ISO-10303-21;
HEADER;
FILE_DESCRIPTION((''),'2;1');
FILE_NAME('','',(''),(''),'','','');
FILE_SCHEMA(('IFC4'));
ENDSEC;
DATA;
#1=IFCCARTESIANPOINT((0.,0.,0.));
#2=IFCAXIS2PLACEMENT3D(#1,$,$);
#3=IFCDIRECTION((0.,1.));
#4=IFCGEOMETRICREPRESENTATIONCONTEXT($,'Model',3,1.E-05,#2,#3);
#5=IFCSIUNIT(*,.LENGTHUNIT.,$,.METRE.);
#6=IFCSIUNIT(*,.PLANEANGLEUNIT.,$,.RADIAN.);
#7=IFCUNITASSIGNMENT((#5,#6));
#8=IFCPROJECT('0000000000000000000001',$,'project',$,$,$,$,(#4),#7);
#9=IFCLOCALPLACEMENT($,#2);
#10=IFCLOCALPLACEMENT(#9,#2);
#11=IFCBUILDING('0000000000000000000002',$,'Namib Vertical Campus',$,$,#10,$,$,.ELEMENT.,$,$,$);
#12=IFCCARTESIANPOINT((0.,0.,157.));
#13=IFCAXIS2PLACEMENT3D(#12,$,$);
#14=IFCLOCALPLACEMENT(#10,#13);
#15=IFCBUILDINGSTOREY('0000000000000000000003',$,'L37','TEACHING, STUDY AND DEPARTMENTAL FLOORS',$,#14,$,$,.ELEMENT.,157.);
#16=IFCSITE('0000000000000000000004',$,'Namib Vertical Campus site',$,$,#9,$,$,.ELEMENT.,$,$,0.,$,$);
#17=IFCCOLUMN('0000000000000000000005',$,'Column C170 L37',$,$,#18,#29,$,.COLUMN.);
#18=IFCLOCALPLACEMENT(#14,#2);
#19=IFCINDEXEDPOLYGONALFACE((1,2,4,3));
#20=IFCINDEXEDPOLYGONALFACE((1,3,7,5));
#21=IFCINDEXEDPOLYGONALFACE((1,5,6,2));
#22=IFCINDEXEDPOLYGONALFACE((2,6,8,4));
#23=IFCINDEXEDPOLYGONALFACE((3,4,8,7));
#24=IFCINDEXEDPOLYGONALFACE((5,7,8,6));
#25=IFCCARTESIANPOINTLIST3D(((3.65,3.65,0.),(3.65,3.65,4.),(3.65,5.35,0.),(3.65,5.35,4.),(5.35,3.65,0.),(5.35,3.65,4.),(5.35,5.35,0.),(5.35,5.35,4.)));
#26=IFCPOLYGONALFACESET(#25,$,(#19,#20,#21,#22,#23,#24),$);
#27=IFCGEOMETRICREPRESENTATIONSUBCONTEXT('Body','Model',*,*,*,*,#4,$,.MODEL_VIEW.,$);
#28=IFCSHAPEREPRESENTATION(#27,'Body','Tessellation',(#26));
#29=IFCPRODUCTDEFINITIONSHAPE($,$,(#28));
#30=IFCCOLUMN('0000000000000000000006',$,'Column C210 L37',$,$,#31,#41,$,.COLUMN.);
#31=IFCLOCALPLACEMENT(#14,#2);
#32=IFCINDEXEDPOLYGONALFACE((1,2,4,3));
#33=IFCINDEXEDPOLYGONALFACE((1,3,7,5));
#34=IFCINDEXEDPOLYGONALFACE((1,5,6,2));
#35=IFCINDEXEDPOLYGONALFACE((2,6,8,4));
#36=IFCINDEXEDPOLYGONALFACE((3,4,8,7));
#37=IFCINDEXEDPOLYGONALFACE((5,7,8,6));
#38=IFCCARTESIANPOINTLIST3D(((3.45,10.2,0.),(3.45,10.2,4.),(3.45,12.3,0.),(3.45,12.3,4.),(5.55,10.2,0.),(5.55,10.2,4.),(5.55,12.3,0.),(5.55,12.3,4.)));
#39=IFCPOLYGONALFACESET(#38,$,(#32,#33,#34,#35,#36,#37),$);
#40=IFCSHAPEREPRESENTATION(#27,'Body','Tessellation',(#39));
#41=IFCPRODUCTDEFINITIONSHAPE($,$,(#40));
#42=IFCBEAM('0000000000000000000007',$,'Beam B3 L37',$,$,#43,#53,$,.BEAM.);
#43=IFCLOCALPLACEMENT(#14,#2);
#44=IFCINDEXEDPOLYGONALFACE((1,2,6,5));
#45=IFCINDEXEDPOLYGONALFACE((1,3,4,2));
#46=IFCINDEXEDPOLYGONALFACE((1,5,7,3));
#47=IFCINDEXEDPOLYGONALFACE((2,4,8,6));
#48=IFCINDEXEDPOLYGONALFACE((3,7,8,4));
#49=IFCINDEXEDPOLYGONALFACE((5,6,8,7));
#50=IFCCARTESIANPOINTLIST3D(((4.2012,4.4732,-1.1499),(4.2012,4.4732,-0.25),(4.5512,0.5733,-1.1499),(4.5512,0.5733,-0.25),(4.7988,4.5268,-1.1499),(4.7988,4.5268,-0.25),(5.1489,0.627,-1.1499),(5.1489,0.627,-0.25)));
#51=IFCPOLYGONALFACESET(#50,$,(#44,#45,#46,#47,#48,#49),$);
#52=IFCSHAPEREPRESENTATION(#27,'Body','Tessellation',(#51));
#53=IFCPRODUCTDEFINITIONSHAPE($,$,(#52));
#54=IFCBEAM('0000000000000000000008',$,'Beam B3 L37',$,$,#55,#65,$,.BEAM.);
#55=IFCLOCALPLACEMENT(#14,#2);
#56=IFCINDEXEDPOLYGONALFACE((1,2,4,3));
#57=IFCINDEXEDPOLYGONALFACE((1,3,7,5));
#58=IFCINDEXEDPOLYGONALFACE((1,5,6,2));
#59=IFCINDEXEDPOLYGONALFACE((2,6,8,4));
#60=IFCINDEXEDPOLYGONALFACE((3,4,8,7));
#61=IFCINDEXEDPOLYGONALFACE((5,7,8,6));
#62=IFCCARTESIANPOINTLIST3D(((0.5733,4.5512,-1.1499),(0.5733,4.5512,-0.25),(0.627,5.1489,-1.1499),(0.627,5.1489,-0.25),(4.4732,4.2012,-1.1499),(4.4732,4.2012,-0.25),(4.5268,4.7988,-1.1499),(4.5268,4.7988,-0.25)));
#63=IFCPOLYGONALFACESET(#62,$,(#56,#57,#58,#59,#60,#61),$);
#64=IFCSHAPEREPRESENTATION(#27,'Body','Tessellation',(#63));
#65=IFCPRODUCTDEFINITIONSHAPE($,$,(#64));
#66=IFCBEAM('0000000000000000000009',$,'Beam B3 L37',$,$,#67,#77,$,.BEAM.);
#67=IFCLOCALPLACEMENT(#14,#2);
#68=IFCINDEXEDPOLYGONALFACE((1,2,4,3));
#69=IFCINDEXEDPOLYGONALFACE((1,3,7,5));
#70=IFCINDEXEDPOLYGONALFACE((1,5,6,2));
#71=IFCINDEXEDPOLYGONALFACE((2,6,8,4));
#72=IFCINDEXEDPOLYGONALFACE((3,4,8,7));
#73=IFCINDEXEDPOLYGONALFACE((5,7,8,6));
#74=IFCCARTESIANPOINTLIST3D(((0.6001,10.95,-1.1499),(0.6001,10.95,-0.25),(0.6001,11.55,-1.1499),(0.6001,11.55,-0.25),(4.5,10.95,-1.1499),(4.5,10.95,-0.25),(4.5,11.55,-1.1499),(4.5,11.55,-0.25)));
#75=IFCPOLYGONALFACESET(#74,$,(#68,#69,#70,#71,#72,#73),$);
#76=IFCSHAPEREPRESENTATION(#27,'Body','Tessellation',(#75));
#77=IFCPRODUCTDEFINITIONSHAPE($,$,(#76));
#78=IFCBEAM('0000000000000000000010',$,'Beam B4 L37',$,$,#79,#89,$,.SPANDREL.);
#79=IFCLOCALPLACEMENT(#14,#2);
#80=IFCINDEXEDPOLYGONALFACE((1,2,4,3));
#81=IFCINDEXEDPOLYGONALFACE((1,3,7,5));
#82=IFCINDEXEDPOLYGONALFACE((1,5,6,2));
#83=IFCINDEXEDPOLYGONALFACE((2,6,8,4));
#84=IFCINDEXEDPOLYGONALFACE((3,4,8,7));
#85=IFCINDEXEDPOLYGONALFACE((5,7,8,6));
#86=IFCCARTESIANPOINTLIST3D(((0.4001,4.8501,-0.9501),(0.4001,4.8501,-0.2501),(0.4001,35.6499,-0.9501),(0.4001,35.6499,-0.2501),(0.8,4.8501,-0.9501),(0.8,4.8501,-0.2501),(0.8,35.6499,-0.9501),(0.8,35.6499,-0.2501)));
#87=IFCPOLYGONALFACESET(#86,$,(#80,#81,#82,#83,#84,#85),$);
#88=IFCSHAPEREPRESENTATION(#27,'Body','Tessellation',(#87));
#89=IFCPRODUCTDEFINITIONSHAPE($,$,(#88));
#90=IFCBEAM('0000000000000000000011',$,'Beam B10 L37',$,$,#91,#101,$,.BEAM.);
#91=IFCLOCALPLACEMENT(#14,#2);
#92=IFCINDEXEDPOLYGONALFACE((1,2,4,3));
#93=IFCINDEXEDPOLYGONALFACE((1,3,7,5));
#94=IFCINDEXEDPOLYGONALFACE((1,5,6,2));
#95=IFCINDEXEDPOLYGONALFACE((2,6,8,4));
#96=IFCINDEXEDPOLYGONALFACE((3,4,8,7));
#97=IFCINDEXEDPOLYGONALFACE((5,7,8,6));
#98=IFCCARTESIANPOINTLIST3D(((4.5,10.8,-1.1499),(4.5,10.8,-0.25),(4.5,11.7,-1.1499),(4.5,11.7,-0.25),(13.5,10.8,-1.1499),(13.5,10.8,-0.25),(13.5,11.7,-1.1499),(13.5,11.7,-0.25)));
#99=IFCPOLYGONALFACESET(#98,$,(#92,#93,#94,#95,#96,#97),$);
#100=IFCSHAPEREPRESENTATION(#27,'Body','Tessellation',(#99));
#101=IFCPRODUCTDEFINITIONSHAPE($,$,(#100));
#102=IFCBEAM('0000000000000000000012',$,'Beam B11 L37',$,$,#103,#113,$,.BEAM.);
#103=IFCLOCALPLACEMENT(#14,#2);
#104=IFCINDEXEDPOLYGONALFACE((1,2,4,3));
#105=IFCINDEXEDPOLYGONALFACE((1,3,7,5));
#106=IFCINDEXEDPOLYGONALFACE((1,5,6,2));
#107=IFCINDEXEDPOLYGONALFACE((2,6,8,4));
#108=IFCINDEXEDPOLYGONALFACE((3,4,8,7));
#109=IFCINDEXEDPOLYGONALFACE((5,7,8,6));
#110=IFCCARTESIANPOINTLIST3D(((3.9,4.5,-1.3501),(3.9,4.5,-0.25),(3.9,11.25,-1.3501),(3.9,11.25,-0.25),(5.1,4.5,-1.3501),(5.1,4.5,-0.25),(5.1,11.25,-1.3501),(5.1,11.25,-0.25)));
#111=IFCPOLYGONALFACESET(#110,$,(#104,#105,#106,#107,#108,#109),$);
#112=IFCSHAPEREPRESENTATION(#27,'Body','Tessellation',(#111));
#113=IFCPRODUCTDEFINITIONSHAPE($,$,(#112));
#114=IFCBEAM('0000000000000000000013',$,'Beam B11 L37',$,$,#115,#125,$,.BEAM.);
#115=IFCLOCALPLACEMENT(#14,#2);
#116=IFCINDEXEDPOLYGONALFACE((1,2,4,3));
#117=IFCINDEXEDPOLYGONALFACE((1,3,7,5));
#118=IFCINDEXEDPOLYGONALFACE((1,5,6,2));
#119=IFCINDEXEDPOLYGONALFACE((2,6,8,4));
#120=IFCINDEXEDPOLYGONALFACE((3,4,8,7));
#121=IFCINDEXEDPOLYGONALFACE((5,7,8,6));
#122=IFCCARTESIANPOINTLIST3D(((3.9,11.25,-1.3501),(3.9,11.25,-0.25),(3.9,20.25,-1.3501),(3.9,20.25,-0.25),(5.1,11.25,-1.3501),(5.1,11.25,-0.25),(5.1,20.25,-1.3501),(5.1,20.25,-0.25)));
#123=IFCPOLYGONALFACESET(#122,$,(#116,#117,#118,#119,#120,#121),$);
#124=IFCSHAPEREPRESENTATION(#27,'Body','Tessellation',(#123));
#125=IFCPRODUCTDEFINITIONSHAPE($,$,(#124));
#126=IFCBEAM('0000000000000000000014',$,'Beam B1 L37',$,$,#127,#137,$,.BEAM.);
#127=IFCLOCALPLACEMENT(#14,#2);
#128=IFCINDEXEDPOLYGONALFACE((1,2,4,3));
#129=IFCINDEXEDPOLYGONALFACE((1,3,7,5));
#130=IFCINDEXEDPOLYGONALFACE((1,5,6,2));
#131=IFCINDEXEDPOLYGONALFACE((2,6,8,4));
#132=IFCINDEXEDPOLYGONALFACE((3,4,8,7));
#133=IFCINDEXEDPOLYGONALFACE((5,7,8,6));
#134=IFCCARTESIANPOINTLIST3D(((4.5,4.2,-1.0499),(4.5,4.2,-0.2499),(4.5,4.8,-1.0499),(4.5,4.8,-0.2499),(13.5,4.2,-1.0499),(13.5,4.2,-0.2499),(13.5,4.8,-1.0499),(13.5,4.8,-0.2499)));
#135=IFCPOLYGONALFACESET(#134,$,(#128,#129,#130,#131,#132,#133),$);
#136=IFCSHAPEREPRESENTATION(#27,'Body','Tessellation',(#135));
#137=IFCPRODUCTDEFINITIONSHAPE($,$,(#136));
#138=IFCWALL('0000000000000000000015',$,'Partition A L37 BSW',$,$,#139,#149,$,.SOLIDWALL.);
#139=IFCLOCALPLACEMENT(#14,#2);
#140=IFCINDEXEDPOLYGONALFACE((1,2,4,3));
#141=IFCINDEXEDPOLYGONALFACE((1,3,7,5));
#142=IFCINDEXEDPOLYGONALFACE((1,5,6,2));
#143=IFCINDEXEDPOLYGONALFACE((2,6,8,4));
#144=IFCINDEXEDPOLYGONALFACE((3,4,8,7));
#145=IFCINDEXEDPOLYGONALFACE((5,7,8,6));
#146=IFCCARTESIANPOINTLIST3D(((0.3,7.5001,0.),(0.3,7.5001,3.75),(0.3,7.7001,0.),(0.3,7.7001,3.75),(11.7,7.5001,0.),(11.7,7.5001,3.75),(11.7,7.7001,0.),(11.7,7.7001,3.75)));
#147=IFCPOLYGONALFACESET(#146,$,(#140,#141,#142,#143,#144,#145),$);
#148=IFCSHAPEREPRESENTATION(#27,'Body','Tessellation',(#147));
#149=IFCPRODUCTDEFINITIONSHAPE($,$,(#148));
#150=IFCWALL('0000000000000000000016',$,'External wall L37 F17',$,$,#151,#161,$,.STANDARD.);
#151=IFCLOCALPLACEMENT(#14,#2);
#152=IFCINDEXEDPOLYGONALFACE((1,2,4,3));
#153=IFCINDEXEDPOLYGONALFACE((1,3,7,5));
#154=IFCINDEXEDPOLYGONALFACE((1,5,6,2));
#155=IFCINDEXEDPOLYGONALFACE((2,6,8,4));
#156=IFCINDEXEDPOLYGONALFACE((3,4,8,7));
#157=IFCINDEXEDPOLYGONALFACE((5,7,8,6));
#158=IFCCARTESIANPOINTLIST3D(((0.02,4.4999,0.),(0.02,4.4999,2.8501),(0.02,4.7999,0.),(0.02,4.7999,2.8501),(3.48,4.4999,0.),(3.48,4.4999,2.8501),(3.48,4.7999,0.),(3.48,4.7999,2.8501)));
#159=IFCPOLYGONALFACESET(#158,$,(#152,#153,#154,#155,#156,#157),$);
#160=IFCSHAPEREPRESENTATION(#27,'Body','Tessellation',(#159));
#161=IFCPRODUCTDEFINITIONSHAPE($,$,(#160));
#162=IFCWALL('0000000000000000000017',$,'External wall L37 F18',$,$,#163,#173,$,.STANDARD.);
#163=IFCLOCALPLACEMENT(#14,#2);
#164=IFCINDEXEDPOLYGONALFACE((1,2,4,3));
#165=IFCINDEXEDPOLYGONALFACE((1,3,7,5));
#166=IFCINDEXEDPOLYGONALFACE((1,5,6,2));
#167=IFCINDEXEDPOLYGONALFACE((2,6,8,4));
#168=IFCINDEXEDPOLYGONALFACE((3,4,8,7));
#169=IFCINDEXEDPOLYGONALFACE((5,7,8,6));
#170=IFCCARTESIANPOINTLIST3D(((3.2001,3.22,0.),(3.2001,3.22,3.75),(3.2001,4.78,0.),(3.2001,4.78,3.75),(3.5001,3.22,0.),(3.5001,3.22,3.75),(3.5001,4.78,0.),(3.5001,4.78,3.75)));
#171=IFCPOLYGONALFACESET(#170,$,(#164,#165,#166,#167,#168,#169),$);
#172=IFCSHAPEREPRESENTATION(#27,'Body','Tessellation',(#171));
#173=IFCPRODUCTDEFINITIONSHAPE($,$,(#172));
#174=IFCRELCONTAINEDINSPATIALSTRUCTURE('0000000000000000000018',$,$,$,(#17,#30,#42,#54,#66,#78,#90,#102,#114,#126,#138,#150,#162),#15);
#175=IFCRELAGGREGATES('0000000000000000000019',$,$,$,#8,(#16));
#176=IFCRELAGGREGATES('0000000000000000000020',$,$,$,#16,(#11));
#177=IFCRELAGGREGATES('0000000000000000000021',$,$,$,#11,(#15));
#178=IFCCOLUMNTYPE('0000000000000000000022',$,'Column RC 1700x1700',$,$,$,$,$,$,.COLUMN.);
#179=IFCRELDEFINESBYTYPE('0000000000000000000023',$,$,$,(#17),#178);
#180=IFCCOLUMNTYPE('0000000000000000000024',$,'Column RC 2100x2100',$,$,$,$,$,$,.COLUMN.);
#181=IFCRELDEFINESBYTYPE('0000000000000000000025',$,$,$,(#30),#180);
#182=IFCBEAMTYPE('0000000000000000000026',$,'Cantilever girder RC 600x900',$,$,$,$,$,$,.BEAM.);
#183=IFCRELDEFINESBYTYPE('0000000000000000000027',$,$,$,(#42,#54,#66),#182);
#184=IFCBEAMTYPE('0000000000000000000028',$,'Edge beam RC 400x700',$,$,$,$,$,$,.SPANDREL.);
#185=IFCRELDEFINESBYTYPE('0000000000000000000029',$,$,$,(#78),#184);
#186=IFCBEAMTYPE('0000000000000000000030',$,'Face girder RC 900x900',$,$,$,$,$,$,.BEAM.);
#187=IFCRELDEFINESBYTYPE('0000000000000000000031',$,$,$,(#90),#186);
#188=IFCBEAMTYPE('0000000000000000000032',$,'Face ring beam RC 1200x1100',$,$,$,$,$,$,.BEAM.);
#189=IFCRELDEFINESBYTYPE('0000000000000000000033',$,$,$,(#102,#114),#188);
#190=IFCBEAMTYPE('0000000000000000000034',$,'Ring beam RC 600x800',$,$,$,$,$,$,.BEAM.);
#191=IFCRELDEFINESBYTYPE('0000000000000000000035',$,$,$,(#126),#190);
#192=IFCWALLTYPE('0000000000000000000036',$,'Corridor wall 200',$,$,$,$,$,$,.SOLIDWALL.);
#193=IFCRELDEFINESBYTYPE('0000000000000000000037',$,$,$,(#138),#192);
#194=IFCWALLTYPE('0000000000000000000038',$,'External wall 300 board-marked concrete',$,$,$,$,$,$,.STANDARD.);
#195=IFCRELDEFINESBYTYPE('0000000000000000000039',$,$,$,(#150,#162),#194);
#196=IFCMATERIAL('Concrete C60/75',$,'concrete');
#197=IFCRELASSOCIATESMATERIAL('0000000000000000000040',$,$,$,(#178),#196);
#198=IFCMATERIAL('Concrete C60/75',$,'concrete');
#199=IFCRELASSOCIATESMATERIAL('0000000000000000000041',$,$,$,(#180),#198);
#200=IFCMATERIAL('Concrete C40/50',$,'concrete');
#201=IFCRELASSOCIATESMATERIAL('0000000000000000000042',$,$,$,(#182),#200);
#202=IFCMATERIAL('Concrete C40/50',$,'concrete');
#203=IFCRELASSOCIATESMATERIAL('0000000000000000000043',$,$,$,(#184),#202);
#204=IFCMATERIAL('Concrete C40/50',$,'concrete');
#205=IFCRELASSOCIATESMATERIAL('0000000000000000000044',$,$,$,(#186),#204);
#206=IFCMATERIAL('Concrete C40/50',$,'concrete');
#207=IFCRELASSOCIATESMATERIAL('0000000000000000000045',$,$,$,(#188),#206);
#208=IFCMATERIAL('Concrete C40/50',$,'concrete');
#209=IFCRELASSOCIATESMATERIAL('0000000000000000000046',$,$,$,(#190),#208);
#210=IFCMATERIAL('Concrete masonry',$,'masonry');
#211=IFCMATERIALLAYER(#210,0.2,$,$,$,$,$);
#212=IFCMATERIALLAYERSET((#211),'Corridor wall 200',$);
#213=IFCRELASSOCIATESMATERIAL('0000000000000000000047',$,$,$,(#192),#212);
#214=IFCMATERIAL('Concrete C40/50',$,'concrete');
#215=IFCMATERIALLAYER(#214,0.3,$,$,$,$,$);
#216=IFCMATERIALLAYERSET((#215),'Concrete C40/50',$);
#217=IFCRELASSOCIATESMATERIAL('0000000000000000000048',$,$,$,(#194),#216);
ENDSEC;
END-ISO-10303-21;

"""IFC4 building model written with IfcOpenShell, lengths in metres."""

from ifc_helpers import new_model, si_unit, direction, frame, frame_2d, origin, origin_2d, place, context, subcontext, project, spatial, rectangle, extrude, material, layer, layer_set, material_profile, profile_set, type_object, element, save


model = new_model("IFC4")

# Units and contexts
model_context = context("Model", 3, precision=1e-05, world=origin(), true_north=direction((0.0, 1.0)))
body_context = subcontext(model_context, "Body", "Model", "MODEL_VIEW")
ifc_project = project(units=[si_unit("LENGTHUNIT", "METRE"), si_unit("PLANEANGLEUNIT", "RADIAN")], contexts=[model_context])

# Site, building, storey
site_placement = place(None, origin())
site = spatial("IfcSite", under=ifc_project, at=site_placement, Name="Namib Vertical Campus site", CompositionType="ELEMENT", RefElevation=0.0)
building_placement = place(site_placement, origin())
building = spatial("IfcBuilding", under=site, at=building_placement, Name="Namib Vertical Campus", CompositionType="ELEMENT")
storey_placement = place(building_placement, frame((0.0, 0.0, 157.0)))
storey = spatial("IfcBuildingStorey", under=building, at=storey_placement, Name="L37", Description="TEACHING, STUDY AND DEPARTMENTAL FLOORS", CompositionType="ELEMENT", Elevation=157.0)

# Columns
ifc_material_1 = material(Name="Concrete C60/75", Category="concrete")
ifc_material_profile_1 = material_profile(ifc_material_1, rectangle(XDim=1.7, YDim=1.7, at=origin_2d()))
ifc_profile_set_1 = profile_set([ifc_material_profile_1], Name="Concrete C60/75")
column_type_1 = type_object("IfcColumnType", Name="Column RC 1700x1700", PredefinedType="COLUMN", material=ifc_profile_set_1)
column_1_placement = place(storey_placement, frame((4.5, 4.5, 0.0), z_axis=(0.0, 0.0, 1.0), x_axis=(1.0, 0.0, 0.0)))
element("IfcColumn", 1, at=column_1_placement, inside=storey, type_object=column_type_1, Name="Column C170 L37", PredefinedType="COLUMN", context=body_context, shape_type="SweptSolid", body=[
    extrude(rectangle(XDim=1.7, YDim=1.7, at=origin_2d()), origin(), (0.0, 0.0, 1.0), 4.0),
])
ifc_material_2 = material(Name="Concrete C60/75", Category="concrete")
ifc_material_profile_2 = material_profile(ifc_material_2, rectangle(XDim=2.1001, YDim=2.1001, at=origin_2d()))
ifc_profile_set_2 = profile_set([ifc_material_profile_2], Name="Concrete C60/75")
column_type_2 = type_object("IfcColumnType", Name="Column RC 2100x2100", PredefinedType="COLUMN", material=ifc_profile_set_2)
column_2_placement = place(storey_placement, frame((4.5, 11.25, 0.0), z_axis=(0.0, 0.0, 1.0), x_axis=(1.0, 0.0, 0.0)))
element("IfcColumn", 2, at=column_2_placement, inside=storey, type_object=column_type_2, Name="Column C210 L37", PredefinedType="COLUMN", context=body_context, shape_type="SweptSolid", body=[
    extrude(rectangle(XDim=2.1001, YDim=2.1001, at=origin_2d()), origin(), (0.0, 0.0, 1.0), 4.0),
])

# Beams
ifc_material_3 = material(Name="Concrete C40/50", Category="concrete")
ifc_material_profile_3 = material_profile(ifc_material_3, rectangle(XDim=0.6001, YDim=0.8999, at=origin_2d()))
ifc_profile_set_3 = profile_set([ifc_material_profile_3], Name="Concrete C40/50")
beam_type_1 = type_object("IfcBeamType", Name="Cantilever girder RC 600x900", PredefinedType="BEAM", material=ifc_profile_set_3)
for number, where, z_axis, x_axis, name in (
    (3, (4.5, 4.5, -0.7), (0.089411, -0.995995, 0.0), (0.995995, 0.089411, 0.0), "Beam B3 L37"),
    (4, (4.5, 4.5, -0.7), (-0.995995, 0.089411, 0.0), (-0.089411, -0.995995, 0.0), "Beam B3 L37"),
):
    element("IfcBeam", number, at=place(storey_placement, frame(where, z_axis=z_axis, x_axis=x_axis)), inside=storey, type_object=beam_type_1, Name=name, PredefinedType="BEAM", context=body_context, shape_type="SweptSolid", body=[
        extrude(rectangle(XDim=0.6001, YDim=0.8999, at=origin_2d()), origin(), (0.0, 0.0, 1.0), 3.9155),
    ])
beam_1_placement = place(storey_placement, frame((4.5, 11.25, -0.7), z_axis=(-1.0, 0.0, 0.0), x_axis=(0.0, -1.0, 0.0)))
element("IfcBeam", 5, at=beam_1_placement, inside=storey, type_object=beam_type_1, Name="Beam B3 L37", PredefinedType="BEAM", context=body_context, shape_type="SweptSolid", body=[
    extrude(rectangle(XDim=0.6001, YDim=0.8999, at=origin_2d()), origin(), (0.0, 0.0, 1.0), 3.8999),
])
ifc_material_4 = material(Name="Concrete C40/50", Category="concrete")
ifc_material_profile_4 = material_profile(ifc_material_4, rectangle(XDim=0.3999, YDim=0.7, at=origin_2d()))
ifc_profile_set_4 = profile_set([ifc_material_profile_4], Name="Concrete C40/50")
beam_type_2 = type_object("IfcBeamType", Name="Edge beam RC 400x700", PredefinedType="SPANDREL", material=ifc_profile_set_4)
beam_2_placement = place(storey_placement, frame((0.6001, 4.8501, -0.6001), z_axis=(0.0, 1.0, 0.0), x_axis=(-1.0, 0.0, 0.0)))
element("IfcBeam", 6, at=beam_2_placement, inside=storey, type_object=beam_type_2, Name="Beam B4 L37", PredefinedType="SPANDREL", context=body_context, shape_type="SweptSolid", body=[
    extrude(rectangle(XDim=0.3999, YDim=0.7, at=origin_2d()), origin(), (0.0, 0.0, 1.0), 30.7998),
])
ifc_material_5 = material(Name="Concrete C40/50", Category="concrete")
ifc_material_profile_5 = material_profile(ifc_material_5, rectangle(XDim=0.8999, YDim=0.8999, at=origin_2d()))
ifc_profile_set_5 = profile_set([ifc_material_profile_5], Name="Concrete C40/50")
beam_type_3 = type_object("IfcBeamType", Name="Face girder RC 900x900", PredefinedType="BEAM", material=ifc_profile_set_5)
beam_3_placement = place(storey_placement, frame((4.5, 11.25, -0.7), z_axis=(1.0, 0.0, 0.0), x_axis=(0.0, 1.0, 0.0)))
element("IfcBeam", 7, at=beam_3_placement, inside=storey, type_object=beam_type_3, Name="Beam B10 L37", PredefinedType="BEAM", context=body_context, shape_type="SweptSolid", body=[
    extrude(rectangle(XDim=0.8999, YDim=0.8999, at=origin_2d()), origin(), (0.0, 0.0, 1.0), 9.0),
])
ifc_material_6 = material(Name="Concrete C40/50", Category="concrete")
ifc_material_profile_6 = material_profile(ifc_material_6, rectangle(XDim=1.2, YDim=1.1001, at=origin_2d()))
ifc_profile_set_6 = profile_set([ifc_material_profile_6], Name="Concrete C40/50")
beam_type_4 = type_object("IfcBeamType", Name="Face ring beam RC 1200x1100", PredefinedType="BEAM", material=ifc_profile_set_6)
beam_4_placement = place(storey_placement, frame((4.5, 4.5, -0.8), z_axis=(0.0, 1.0, 0.0), x_axis=(-1.0, 0.0, 0.0)))
element("IfcBeam", 8, at=beam_4_placement, inside=storey, type_object=beam_type_4, Name="Beam B11 L37", PredefinedType="BEAM", context=body_context, shape_type="SweptSolid", body=[
    extrude(rectangle(XDim=1.2, YDim=1.1001, at=origin_2d()), origin(), (0.0, 0.0, 1.0), 6.75),
])
beam_5_placement = place(storey_placement, frame((4.5, 11.25, -0.8), z_axis=(0.0, 1.0, 0.0), x_axis=(-1.0, 0.0, 0.0)))
element("IfcBeam", 9, at=beam_5_placement, inside=storey, type_object=beam_type_4, Name="Beam B11 L37", PredefinedType="BEAM", context=body_context, shape_type="SweptSolid", body=[
    extrude(rectangle(XDim=1.2, YDim=1.1001, at=origin_2d()), origin(), (0.0, 0.0, 1.0), 9.0),
])
ifc_material_7 = material(Name="Concrete C40/50", Category="concrete")
ifc_material_profile_7 = material_profile(ifc_material_7, rectangle(XDim=0.6001, YDim=0.8, at=origin_2d()))
ifc_profile_set_7 = profile_set([ifc_material_profile_7], Name="Concrete C40/50")
beam_type_5 = type_object("IfcBeamType", Name="Ring beam RC 600x800", PredefinedType="BEAM", material=ifc_profile_set_7)
beam_6_placement = place(storey_placement, frame((4.5, 4.5, -0.6499), z_axis=(1.0, 0.0, 0.0), x_axis=(0.0, 1.0, 0.0)))
element("IfcBeam", 10, at=beam_6_placement, inside=storey, type_object=beam_type_5, Name="Beam B1 L37", PredefinedType="BEAM", context=body_context, shape_type="SweptSolid", body=[
    extrude(rectangle(XDim=0.6001, YDim=0.8, at=origin_2d()), origin(), (0.0, 0.0, 1.0), 9.0),
])

# Walls
ifc_material_8 = material(Name="Concrete masonry", Category="masonry")
ifc_layer_1 = layer(ifc_material_8, 0.2)
ifc_layer_set_1 = layer_set([ifc_layer_1], Name="Corridor wall 200")
wall_type_1 = type_object("IfcWallType", Name="Corridor wall 200", PredefinedType="SOLIDWALL", material=ifc_layer_set_1)
wall_1_placement = place(storey_placement, frame((0.3, 7.6001, 0.0), z_axis=(0.0, 0.0, 1.0), x_axis=(1.0, 0.0, 0.0)))
element("IfcWall", 11, at=wall_1_placement, inside=storey, type_object=wall_type_1, Name="Partition A L37 BSW", PredefinedType="SOLIDWALL", context=body_context, shape_type="SweptSolid", body=[
    extrude(rectangle(XDim=11.3999, YDim=0.2, at=frame_2d((5.7, 0.0))), origin(), (0.0, 0.0, 1.0), 3.75),
])
ifc_material_9 = material(Name="Concrete C40/50", Category="concrete")
ifc_layer_2 = layer(ifc_material_9, 0.3)
ifc_layer_set_2 = layer_set([ifc_layer_2], Name="Concrete C40/50")
wall_type_2 = type_object("IfcWallType", Name="External wall 300 board-marked concrete", PredefinedType="STANDARD", material=ifc_layer_set_2)
wall_2_placement = place(storey_placement, frame((0.02, 4.6499, 0.0), z_axis=(0.0, 0.0, 1.0), x_axis=(1.0, 0.0, 0.0)))
element("IfcWall", 12, at=wall_2_placement, inside=storey, type_object=wall_type_2, Name="External wall L37 F17", PredefinedType="STANDARD", context=body_context, shape_type="SweptSolid", body=[
    extrude(rectangle(XDim=3.46, YDim=0.3, at=frame_2d((1.73, 0.0))), origin(), (0.0, 0.0, 1.0), 2.8501),
])
for number, where, z_axis, x_axis, name in (
    (13, (3.3501, 4.78, 0.0), (0.0, 0.0, 1.0), (0.0, -1.0, 0.0), "External wall L37 F18"),
):
    element("IfcWall", number, at=place(storey_placement, frame(where, z_axis=z_axis, x_axis=x_axis)), inside=storey, type_object=wall_type_2, Name=name, PredefinedType="STANDARD", context=body_context, shape_type="SweptSolid", body=[
        extrude(rectangle(XDim=1.5601, YDim=0.3, at=frame_2d((0.78, 0.0))), origin(), (0.0, 0.0, 1.0), 3.75),
    ])

save(model, "model.ifc")
